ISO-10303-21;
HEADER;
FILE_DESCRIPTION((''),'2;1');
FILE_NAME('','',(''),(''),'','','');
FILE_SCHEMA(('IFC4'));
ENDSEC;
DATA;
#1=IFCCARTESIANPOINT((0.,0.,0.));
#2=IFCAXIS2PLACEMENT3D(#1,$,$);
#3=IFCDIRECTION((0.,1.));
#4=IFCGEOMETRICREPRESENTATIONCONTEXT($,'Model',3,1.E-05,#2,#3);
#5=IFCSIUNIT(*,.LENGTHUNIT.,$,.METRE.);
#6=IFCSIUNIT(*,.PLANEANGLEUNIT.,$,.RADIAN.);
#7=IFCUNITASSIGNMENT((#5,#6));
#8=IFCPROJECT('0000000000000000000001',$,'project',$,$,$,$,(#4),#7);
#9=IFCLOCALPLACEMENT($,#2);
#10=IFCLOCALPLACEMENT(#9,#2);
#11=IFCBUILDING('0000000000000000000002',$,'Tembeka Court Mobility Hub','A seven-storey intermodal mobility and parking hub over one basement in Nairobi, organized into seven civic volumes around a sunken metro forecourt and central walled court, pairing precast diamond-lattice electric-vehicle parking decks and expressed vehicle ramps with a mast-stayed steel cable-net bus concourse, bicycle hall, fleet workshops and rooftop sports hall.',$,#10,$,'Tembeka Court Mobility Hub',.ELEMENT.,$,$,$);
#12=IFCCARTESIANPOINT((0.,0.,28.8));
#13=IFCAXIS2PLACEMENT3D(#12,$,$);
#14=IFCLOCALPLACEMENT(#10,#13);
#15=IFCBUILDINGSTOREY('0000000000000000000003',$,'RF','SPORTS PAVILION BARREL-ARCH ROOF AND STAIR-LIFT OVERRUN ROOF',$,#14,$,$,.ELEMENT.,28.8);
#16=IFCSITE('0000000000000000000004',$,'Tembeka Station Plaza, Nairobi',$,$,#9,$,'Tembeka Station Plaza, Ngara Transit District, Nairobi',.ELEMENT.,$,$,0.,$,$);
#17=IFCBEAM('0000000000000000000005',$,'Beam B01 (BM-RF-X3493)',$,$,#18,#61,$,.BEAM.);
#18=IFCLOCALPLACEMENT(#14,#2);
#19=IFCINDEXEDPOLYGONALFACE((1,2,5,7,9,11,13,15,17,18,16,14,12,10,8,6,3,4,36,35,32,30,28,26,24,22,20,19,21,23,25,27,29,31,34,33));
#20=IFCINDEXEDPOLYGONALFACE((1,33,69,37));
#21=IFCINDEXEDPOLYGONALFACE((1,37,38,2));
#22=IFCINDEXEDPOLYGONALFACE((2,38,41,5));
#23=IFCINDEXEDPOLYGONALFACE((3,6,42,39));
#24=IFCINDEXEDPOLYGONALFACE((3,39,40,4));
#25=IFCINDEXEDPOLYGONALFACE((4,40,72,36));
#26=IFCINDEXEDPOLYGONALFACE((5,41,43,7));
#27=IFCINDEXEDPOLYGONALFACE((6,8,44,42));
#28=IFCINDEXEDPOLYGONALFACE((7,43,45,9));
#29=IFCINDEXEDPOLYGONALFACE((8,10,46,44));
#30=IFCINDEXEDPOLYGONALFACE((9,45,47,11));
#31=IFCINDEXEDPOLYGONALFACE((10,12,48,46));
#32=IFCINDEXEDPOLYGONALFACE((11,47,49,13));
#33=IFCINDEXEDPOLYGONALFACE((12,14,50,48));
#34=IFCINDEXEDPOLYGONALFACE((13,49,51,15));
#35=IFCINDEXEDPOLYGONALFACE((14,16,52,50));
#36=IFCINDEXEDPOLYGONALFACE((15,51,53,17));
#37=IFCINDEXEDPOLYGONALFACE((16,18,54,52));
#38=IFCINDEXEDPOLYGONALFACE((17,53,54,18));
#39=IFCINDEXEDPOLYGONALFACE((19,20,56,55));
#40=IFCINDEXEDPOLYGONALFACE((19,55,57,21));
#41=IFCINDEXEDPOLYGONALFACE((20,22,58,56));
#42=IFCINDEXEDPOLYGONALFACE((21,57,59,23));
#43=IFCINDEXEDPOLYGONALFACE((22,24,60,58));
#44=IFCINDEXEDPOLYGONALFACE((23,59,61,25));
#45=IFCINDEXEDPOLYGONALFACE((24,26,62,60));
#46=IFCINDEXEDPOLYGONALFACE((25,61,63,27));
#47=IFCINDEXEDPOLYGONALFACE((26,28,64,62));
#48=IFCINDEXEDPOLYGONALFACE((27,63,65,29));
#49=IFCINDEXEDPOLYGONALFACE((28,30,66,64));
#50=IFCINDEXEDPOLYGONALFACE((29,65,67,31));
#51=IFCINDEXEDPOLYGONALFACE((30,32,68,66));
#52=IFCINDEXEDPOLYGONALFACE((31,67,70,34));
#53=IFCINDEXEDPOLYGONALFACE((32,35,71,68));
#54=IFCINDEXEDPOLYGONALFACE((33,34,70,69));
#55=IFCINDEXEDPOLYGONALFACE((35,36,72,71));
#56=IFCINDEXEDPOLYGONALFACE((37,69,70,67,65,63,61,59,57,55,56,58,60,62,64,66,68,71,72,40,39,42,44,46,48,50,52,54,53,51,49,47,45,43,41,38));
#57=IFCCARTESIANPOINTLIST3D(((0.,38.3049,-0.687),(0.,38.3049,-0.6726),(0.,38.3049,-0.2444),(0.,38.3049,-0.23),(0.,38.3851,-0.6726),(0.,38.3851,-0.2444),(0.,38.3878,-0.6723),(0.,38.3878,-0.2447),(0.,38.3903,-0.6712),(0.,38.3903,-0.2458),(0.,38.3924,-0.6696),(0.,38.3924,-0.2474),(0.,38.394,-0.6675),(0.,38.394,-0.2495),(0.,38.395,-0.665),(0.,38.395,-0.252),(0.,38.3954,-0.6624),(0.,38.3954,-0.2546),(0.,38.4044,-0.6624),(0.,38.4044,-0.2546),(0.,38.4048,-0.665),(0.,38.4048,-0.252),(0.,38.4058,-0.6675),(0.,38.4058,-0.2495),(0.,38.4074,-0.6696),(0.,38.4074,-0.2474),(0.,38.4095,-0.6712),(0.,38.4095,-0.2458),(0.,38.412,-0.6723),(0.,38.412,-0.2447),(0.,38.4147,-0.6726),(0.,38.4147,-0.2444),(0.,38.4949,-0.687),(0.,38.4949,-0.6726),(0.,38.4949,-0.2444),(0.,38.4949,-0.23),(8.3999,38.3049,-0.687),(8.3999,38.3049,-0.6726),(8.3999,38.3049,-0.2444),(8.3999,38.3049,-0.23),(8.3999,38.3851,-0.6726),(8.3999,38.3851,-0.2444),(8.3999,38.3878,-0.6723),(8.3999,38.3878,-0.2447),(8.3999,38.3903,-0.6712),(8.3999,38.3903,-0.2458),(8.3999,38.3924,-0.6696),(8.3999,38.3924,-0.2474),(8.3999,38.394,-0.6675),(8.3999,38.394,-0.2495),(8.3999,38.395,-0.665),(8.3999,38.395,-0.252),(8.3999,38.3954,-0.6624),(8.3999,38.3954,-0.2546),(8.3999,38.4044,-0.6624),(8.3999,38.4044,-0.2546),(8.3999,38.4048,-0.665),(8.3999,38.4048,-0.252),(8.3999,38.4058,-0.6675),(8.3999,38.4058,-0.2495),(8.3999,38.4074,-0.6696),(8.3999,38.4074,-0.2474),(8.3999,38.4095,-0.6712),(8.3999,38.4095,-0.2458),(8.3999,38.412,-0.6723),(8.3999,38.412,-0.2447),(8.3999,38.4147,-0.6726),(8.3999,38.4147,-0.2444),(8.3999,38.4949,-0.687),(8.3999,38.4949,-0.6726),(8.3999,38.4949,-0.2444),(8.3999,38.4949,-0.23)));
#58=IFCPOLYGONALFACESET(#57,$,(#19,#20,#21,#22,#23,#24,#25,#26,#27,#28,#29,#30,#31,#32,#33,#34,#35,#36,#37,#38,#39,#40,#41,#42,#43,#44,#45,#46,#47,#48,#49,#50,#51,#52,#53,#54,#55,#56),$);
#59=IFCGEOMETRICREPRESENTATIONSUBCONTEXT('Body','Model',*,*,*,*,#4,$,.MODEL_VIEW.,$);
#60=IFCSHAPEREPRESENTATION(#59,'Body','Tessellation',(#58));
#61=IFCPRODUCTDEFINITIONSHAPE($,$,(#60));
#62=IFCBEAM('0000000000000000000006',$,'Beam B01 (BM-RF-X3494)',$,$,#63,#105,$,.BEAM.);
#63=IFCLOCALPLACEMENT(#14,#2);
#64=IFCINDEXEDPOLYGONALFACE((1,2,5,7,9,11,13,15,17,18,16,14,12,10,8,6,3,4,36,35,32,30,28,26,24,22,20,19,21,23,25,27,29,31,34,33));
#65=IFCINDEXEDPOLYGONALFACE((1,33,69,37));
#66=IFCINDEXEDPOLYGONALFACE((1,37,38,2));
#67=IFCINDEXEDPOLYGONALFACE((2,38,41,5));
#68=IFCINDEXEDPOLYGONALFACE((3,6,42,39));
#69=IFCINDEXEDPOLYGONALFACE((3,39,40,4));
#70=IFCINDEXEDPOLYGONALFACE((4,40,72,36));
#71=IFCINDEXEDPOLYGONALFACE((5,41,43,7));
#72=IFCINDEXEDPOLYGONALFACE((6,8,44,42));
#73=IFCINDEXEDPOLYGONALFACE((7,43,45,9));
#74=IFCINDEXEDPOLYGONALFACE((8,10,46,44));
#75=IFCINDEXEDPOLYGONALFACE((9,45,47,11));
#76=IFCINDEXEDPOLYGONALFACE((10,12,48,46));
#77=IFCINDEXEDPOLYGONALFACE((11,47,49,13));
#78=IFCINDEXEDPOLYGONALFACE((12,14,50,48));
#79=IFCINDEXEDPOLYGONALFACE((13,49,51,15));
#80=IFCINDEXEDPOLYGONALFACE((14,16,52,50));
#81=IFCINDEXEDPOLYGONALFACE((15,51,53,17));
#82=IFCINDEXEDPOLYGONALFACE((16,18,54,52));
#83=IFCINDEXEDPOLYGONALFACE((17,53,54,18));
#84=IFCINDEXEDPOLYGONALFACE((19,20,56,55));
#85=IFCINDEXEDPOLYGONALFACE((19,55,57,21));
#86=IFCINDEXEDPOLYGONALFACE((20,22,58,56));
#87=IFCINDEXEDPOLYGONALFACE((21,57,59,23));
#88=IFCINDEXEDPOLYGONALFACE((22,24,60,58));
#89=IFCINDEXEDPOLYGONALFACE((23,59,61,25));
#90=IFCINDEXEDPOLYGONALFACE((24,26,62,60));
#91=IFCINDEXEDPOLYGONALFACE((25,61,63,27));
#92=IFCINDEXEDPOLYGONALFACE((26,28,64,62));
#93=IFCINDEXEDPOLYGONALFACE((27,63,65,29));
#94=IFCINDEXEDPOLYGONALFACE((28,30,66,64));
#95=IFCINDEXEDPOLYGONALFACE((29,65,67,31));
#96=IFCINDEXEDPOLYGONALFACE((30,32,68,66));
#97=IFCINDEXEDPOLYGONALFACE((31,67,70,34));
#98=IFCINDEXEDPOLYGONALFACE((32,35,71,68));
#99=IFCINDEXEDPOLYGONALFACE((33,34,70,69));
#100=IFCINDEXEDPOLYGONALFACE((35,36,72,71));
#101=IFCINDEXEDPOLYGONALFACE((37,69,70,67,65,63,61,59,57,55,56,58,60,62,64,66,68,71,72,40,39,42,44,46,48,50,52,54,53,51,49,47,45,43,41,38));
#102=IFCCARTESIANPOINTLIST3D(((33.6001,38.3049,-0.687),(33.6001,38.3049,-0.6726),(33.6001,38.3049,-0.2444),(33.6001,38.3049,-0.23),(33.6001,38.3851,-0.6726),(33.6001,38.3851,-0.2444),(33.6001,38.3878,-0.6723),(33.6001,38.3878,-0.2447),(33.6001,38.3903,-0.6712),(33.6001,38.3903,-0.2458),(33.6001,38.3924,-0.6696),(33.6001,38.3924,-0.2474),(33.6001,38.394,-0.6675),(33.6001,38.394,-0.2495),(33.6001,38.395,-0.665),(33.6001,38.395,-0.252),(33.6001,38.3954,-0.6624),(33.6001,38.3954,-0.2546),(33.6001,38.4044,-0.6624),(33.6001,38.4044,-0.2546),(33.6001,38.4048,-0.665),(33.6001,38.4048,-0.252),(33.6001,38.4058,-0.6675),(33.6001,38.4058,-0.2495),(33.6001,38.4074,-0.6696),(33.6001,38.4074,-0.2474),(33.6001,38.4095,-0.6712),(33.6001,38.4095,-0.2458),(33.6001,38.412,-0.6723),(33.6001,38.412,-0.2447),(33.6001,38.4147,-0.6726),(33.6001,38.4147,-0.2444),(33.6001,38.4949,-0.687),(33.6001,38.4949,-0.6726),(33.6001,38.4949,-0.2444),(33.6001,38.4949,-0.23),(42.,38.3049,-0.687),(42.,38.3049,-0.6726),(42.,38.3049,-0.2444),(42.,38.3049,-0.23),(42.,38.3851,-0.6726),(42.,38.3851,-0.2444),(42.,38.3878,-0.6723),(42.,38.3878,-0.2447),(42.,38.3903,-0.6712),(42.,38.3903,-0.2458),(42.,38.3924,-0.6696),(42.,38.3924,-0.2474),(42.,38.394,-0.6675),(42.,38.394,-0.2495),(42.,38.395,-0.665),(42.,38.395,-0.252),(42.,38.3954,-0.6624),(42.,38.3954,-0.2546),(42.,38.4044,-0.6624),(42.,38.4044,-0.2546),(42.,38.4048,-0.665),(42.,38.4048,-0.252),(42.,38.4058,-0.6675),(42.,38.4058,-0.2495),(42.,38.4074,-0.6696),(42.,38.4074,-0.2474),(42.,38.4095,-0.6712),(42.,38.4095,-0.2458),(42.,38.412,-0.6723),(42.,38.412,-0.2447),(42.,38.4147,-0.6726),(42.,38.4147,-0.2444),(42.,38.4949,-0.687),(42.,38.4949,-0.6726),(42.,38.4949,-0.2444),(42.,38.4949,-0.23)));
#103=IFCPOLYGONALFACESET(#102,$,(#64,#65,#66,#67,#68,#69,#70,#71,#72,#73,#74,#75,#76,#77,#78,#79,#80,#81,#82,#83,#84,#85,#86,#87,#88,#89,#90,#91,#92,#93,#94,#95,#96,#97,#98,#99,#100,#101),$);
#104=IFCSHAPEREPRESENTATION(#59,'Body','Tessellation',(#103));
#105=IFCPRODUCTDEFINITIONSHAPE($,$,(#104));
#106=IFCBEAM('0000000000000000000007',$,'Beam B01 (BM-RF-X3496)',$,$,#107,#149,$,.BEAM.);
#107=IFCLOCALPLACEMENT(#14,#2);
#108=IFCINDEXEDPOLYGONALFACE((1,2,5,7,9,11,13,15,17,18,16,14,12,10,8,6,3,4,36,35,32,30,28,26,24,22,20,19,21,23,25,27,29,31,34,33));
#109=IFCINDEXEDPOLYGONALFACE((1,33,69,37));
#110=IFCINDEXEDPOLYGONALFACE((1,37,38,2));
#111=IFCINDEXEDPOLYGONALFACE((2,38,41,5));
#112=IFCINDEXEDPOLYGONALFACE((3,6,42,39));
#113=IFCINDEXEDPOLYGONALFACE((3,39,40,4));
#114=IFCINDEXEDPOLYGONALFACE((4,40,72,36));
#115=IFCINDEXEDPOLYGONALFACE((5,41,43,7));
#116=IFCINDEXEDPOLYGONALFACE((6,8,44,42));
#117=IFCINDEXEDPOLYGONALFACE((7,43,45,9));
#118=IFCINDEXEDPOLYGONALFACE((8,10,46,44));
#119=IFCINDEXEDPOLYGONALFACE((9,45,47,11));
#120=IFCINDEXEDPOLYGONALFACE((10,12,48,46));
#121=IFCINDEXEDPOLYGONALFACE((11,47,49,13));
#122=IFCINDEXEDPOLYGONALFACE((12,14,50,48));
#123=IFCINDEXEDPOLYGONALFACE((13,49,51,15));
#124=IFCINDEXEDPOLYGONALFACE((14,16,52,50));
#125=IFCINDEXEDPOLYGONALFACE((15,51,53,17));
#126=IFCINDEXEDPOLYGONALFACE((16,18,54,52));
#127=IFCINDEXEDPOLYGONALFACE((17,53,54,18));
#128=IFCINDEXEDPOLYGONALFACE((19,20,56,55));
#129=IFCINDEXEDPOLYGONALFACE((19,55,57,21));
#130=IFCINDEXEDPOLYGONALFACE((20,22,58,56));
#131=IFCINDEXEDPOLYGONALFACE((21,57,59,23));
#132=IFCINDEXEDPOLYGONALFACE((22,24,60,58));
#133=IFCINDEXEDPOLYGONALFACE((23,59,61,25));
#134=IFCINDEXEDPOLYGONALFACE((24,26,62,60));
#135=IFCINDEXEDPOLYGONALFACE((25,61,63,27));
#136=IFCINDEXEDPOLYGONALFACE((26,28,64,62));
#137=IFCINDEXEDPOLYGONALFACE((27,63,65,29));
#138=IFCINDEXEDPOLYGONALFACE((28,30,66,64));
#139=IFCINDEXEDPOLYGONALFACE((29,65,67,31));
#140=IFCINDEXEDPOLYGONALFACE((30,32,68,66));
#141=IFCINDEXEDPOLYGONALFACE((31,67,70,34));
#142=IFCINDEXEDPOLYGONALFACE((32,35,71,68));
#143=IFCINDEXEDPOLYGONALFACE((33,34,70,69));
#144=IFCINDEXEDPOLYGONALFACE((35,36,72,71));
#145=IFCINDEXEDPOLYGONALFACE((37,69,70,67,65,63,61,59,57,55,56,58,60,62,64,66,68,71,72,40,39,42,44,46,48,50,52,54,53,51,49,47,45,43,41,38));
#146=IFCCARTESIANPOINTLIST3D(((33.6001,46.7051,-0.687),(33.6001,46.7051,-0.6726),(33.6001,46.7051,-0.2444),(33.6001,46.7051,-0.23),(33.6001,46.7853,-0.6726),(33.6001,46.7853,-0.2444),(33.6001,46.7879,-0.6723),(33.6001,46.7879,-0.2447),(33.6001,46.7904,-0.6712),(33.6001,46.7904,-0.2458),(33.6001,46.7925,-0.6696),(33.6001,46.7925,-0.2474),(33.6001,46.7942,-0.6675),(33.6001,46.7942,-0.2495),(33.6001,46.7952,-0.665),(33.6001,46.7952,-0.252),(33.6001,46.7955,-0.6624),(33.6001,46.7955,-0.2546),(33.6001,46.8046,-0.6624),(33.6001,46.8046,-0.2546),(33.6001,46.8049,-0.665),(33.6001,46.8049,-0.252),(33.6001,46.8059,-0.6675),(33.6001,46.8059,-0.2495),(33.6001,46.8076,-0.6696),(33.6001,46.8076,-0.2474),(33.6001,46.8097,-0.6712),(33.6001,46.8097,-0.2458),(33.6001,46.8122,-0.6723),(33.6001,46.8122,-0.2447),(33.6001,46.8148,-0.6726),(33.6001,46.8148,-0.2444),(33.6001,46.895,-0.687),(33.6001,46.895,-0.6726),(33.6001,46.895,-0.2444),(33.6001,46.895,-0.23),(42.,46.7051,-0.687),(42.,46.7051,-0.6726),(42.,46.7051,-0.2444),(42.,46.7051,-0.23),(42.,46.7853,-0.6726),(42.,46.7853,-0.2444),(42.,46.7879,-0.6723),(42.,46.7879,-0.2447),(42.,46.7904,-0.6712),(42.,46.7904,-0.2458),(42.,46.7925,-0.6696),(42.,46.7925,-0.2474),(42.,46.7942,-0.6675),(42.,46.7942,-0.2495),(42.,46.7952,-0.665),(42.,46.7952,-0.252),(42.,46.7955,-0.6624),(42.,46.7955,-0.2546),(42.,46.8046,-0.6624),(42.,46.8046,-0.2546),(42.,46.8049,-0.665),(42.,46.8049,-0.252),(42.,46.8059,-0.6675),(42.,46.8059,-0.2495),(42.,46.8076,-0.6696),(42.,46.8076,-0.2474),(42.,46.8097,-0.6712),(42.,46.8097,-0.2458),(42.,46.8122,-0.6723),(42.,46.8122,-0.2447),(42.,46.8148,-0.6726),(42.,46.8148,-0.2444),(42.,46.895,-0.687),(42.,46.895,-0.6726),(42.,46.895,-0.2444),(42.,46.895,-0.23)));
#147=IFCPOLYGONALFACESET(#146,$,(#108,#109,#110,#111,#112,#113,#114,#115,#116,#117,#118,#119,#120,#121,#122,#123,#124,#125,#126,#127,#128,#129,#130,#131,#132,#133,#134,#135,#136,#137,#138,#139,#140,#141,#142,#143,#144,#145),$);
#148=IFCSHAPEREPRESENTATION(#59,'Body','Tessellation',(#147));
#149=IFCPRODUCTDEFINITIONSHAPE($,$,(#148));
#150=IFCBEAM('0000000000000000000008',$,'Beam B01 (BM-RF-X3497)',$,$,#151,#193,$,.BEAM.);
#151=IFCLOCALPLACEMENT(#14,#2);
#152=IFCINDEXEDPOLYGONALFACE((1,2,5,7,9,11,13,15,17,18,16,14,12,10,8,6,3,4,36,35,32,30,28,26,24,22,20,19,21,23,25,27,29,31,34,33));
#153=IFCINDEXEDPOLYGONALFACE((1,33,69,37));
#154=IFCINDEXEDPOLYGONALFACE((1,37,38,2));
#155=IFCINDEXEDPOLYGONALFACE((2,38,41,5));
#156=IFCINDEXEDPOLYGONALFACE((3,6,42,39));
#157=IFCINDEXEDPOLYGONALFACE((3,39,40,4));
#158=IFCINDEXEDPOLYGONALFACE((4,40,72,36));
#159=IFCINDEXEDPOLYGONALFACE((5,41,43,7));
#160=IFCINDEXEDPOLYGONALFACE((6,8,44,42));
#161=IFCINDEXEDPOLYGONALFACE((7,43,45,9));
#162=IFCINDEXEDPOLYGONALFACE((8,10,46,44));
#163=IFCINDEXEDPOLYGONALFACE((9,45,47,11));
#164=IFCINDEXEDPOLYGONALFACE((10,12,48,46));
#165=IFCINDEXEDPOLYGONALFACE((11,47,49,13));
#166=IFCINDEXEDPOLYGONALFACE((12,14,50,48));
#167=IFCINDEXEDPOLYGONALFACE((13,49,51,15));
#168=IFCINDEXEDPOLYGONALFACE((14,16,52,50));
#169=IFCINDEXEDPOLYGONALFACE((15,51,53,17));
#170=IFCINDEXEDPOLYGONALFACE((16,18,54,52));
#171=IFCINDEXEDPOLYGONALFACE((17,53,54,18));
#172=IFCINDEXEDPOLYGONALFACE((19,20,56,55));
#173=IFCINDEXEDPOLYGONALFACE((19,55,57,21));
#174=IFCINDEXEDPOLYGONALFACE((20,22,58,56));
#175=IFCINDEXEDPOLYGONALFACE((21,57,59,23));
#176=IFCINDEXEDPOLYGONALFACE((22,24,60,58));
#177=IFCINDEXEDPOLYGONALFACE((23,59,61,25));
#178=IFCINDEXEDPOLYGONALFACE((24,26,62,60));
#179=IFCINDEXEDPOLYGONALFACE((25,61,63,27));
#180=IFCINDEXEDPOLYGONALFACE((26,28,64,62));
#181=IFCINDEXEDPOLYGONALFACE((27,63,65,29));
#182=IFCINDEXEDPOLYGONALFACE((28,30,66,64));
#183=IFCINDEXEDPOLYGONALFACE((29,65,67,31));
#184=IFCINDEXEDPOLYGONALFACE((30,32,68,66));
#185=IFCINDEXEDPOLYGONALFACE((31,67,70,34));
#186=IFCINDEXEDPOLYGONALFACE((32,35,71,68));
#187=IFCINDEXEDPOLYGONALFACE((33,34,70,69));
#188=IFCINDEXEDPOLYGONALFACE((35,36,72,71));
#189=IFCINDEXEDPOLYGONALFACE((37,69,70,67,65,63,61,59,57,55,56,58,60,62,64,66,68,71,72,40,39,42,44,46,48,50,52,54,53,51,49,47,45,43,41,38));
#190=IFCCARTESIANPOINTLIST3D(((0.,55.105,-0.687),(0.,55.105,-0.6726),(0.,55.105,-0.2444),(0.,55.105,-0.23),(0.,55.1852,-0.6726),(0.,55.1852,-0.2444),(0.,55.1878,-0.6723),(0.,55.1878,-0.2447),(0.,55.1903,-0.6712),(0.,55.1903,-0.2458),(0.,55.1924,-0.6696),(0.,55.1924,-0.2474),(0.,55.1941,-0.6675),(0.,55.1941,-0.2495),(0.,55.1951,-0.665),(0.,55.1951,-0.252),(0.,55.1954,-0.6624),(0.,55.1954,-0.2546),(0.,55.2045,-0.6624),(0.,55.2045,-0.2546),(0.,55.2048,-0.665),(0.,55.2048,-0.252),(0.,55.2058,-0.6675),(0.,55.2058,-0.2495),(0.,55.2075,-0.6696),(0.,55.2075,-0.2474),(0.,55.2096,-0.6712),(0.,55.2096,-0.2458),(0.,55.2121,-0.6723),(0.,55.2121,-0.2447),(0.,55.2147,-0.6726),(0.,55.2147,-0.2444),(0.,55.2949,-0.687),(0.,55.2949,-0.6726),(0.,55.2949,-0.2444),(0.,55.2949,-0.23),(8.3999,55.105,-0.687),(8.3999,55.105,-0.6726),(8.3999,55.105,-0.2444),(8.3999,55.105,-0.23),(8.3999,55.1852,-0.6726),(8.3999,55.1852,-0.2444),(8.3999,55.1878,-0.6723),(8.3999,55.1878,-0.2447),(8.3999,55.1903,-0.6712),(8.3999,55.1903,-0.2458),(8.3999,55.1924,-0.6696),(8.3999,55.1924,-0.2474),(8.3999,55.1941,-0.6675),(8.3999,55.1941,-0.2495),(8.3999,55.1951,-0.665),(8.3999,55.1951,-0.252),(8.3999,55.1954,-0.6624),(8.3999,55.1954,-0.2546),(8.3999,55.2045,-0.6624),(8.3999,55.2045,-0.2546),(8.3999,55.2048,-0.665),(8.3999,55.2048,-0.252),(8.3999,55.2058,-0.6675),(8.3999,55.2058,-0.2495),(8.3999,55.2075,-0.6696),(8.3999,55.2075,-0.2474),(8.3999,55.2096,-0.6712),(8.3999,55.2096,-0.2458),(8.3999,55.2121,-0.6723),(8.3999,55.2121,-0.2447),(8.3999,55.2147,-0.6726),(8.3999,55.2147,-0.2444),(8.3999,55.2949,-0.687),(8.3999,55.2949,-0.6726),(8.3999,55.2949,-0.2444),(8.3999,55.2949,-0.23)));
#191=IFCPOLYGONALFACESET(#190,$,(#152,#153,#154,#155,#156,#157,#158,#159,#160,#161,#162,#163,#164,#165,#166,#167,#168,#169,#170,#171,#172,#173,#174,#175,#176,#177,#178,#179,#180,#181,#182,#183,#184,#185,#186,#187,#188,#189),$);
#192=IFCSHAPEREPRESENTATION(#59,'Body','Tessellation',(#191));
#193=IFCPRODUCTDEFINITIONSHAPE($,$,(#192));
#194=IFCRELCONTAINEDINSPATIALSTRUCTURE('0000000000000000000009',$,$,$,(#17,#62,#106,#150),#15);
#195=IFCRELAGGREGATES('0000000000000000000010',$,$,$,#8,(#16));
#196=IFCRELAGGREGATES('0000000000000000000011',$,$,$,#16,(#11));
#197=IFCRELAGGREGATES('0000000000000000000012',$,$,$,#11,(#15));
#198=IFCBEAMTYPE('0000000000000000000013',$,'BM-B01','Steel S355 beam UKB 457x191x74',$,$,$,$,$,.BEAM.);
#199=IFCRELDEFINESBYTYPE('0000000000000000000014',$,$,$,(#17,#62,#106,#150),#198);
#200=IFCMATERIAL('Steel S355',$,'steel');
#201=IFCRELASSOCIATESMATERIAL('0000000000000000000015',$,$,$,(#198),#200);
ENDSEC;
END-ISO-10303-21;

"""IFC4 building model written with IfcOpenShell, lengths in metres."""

from ifc_helpers import new_model, si_unit, direction, frame, origin, origin_2d, place, context, subcontext, project, spatial, i_section, extrude, material, material_profile, profile_set, type_object, element, save


model = new_model("IFC4")

# Units and contexts
model_context = context("Model", 3, precision=1e-05, world=origin(), true_north=direction((0.0, 1.0)))
body_context = subcontext(model_context, "Body", "Model", "MODEL_VIEW")
ifc_project = project(units=[si_unit("LENGTHUNIT", "METRE"), si_unit("PLANEANGLEUNIT", "RADIAN")], contexts=[model_context])

# Site, building, storey
site_placement = place(None, origin())
site = spatial("IfcSite", under=ifc_project, at=site_placement, Name="Tembeka Station Plaza, Nairobi", LongName="Tembeka Station Plaza, Ngara Transit District, Nairobi", CompositionType="ELEMENT", RefElevation=0.0)
building_placement = place(site_placement, origin())
building = spatial("IfcBuilding", under=site, at=building_placement, Name="Tembeka Court Mobility Hub", Description="A seven-storey intermodal mobility and parking hub over one basement in Nairobi, organized into seven civic volumes around a sunken metro forecourt and central walled court, pairing precast diamond-lattice electric-vehicle parking decks and expressed vehicle ramps with a mast-stayed steel cable-net bus concourse, bicycle hall, fleet workshops and rooftop sports hall.", LongName="Tembeka Court Mobility Hub", CompositionType="ELEMENT")
storey_placement = place(building_placement, frame((0.0, 0.0, 28.8)))
storey = spatial("IfcBuildingStorey", under=building, at=storey_placement, Name="RF", Description="SPORTS PAVILION BARREL-ARCH ROOF AND STAIR-LIFT OVERRUN ROOF", CompositionType="ELEMENT", Elevation=28.8)

# Beams
ifc_material_1 = material(Name="Steel S355", Category="steel")
ifc_material_profile_1 = material_profile(ifc_material_1, i_section(OverallWidth=0.1899, OverallDepth=0.457, WebThickness=0.009, FlangeThickness=0.0144, FilletRadius=0.0103, at=origin_2d()), Name="UKB 457x191x74")
ifc_profile_set_1 = profile_set([ifc_material_profile_1], Name="Steel S355")
beam_type_1 = type_object("IfcBeamType", Name="BM-B01", Description="Steel S355 beam UKB 457x191x74", PredefinedType="BEAM", material=ifc_profile_set_1)
for number, where, z_axis, x_axis, name in (
    (1, (0.0, 38.3999, -0.4585), (1.0, 0.0, 0.0), (0.0, 1.0, 0.0), "Beam B01 (BM-RF-X3493)"),
    (2, (33.6001, 38.3999, -0.4585), (1.0, 0.0, 0.0), (0.0, 1.0, 0.0), "Beam B01 (BM-RF-X3494)"),
    (3, (33.6001, 46.8, -0.4585), (1.0, 0.0, 0.0), (0.0, 1.0, 0.0), "Beam B01 (BM-RF-X3496)"),
    (4, (0.0, 55.2, -0.4585), (1.0, 0.0, 0.0), (0.0, 1.0, 0.0), "Beam B01 (BM-RF-X3497)"),
):
    element("IfcBeam", number, at=place(storey_placement, frame(where, z_axis=z_axis, x_axis=x_axis)), inside=storey, type_object=beam_type_1, Name=name, PredefinedType="BEAM", context=body_context, shape_type="SweptSolid", body=[
        extrude(i_section(OverallWidth=0.1899, OverallDepth=0.457, WebThickness=0.009, FlangeThickness=0.0144, FilletRadius=0.0103, at=origin_2d()), origin(), (0.0, 0.0, 1.0), 8.3999),
    ])

save(model, "model.ifc")
